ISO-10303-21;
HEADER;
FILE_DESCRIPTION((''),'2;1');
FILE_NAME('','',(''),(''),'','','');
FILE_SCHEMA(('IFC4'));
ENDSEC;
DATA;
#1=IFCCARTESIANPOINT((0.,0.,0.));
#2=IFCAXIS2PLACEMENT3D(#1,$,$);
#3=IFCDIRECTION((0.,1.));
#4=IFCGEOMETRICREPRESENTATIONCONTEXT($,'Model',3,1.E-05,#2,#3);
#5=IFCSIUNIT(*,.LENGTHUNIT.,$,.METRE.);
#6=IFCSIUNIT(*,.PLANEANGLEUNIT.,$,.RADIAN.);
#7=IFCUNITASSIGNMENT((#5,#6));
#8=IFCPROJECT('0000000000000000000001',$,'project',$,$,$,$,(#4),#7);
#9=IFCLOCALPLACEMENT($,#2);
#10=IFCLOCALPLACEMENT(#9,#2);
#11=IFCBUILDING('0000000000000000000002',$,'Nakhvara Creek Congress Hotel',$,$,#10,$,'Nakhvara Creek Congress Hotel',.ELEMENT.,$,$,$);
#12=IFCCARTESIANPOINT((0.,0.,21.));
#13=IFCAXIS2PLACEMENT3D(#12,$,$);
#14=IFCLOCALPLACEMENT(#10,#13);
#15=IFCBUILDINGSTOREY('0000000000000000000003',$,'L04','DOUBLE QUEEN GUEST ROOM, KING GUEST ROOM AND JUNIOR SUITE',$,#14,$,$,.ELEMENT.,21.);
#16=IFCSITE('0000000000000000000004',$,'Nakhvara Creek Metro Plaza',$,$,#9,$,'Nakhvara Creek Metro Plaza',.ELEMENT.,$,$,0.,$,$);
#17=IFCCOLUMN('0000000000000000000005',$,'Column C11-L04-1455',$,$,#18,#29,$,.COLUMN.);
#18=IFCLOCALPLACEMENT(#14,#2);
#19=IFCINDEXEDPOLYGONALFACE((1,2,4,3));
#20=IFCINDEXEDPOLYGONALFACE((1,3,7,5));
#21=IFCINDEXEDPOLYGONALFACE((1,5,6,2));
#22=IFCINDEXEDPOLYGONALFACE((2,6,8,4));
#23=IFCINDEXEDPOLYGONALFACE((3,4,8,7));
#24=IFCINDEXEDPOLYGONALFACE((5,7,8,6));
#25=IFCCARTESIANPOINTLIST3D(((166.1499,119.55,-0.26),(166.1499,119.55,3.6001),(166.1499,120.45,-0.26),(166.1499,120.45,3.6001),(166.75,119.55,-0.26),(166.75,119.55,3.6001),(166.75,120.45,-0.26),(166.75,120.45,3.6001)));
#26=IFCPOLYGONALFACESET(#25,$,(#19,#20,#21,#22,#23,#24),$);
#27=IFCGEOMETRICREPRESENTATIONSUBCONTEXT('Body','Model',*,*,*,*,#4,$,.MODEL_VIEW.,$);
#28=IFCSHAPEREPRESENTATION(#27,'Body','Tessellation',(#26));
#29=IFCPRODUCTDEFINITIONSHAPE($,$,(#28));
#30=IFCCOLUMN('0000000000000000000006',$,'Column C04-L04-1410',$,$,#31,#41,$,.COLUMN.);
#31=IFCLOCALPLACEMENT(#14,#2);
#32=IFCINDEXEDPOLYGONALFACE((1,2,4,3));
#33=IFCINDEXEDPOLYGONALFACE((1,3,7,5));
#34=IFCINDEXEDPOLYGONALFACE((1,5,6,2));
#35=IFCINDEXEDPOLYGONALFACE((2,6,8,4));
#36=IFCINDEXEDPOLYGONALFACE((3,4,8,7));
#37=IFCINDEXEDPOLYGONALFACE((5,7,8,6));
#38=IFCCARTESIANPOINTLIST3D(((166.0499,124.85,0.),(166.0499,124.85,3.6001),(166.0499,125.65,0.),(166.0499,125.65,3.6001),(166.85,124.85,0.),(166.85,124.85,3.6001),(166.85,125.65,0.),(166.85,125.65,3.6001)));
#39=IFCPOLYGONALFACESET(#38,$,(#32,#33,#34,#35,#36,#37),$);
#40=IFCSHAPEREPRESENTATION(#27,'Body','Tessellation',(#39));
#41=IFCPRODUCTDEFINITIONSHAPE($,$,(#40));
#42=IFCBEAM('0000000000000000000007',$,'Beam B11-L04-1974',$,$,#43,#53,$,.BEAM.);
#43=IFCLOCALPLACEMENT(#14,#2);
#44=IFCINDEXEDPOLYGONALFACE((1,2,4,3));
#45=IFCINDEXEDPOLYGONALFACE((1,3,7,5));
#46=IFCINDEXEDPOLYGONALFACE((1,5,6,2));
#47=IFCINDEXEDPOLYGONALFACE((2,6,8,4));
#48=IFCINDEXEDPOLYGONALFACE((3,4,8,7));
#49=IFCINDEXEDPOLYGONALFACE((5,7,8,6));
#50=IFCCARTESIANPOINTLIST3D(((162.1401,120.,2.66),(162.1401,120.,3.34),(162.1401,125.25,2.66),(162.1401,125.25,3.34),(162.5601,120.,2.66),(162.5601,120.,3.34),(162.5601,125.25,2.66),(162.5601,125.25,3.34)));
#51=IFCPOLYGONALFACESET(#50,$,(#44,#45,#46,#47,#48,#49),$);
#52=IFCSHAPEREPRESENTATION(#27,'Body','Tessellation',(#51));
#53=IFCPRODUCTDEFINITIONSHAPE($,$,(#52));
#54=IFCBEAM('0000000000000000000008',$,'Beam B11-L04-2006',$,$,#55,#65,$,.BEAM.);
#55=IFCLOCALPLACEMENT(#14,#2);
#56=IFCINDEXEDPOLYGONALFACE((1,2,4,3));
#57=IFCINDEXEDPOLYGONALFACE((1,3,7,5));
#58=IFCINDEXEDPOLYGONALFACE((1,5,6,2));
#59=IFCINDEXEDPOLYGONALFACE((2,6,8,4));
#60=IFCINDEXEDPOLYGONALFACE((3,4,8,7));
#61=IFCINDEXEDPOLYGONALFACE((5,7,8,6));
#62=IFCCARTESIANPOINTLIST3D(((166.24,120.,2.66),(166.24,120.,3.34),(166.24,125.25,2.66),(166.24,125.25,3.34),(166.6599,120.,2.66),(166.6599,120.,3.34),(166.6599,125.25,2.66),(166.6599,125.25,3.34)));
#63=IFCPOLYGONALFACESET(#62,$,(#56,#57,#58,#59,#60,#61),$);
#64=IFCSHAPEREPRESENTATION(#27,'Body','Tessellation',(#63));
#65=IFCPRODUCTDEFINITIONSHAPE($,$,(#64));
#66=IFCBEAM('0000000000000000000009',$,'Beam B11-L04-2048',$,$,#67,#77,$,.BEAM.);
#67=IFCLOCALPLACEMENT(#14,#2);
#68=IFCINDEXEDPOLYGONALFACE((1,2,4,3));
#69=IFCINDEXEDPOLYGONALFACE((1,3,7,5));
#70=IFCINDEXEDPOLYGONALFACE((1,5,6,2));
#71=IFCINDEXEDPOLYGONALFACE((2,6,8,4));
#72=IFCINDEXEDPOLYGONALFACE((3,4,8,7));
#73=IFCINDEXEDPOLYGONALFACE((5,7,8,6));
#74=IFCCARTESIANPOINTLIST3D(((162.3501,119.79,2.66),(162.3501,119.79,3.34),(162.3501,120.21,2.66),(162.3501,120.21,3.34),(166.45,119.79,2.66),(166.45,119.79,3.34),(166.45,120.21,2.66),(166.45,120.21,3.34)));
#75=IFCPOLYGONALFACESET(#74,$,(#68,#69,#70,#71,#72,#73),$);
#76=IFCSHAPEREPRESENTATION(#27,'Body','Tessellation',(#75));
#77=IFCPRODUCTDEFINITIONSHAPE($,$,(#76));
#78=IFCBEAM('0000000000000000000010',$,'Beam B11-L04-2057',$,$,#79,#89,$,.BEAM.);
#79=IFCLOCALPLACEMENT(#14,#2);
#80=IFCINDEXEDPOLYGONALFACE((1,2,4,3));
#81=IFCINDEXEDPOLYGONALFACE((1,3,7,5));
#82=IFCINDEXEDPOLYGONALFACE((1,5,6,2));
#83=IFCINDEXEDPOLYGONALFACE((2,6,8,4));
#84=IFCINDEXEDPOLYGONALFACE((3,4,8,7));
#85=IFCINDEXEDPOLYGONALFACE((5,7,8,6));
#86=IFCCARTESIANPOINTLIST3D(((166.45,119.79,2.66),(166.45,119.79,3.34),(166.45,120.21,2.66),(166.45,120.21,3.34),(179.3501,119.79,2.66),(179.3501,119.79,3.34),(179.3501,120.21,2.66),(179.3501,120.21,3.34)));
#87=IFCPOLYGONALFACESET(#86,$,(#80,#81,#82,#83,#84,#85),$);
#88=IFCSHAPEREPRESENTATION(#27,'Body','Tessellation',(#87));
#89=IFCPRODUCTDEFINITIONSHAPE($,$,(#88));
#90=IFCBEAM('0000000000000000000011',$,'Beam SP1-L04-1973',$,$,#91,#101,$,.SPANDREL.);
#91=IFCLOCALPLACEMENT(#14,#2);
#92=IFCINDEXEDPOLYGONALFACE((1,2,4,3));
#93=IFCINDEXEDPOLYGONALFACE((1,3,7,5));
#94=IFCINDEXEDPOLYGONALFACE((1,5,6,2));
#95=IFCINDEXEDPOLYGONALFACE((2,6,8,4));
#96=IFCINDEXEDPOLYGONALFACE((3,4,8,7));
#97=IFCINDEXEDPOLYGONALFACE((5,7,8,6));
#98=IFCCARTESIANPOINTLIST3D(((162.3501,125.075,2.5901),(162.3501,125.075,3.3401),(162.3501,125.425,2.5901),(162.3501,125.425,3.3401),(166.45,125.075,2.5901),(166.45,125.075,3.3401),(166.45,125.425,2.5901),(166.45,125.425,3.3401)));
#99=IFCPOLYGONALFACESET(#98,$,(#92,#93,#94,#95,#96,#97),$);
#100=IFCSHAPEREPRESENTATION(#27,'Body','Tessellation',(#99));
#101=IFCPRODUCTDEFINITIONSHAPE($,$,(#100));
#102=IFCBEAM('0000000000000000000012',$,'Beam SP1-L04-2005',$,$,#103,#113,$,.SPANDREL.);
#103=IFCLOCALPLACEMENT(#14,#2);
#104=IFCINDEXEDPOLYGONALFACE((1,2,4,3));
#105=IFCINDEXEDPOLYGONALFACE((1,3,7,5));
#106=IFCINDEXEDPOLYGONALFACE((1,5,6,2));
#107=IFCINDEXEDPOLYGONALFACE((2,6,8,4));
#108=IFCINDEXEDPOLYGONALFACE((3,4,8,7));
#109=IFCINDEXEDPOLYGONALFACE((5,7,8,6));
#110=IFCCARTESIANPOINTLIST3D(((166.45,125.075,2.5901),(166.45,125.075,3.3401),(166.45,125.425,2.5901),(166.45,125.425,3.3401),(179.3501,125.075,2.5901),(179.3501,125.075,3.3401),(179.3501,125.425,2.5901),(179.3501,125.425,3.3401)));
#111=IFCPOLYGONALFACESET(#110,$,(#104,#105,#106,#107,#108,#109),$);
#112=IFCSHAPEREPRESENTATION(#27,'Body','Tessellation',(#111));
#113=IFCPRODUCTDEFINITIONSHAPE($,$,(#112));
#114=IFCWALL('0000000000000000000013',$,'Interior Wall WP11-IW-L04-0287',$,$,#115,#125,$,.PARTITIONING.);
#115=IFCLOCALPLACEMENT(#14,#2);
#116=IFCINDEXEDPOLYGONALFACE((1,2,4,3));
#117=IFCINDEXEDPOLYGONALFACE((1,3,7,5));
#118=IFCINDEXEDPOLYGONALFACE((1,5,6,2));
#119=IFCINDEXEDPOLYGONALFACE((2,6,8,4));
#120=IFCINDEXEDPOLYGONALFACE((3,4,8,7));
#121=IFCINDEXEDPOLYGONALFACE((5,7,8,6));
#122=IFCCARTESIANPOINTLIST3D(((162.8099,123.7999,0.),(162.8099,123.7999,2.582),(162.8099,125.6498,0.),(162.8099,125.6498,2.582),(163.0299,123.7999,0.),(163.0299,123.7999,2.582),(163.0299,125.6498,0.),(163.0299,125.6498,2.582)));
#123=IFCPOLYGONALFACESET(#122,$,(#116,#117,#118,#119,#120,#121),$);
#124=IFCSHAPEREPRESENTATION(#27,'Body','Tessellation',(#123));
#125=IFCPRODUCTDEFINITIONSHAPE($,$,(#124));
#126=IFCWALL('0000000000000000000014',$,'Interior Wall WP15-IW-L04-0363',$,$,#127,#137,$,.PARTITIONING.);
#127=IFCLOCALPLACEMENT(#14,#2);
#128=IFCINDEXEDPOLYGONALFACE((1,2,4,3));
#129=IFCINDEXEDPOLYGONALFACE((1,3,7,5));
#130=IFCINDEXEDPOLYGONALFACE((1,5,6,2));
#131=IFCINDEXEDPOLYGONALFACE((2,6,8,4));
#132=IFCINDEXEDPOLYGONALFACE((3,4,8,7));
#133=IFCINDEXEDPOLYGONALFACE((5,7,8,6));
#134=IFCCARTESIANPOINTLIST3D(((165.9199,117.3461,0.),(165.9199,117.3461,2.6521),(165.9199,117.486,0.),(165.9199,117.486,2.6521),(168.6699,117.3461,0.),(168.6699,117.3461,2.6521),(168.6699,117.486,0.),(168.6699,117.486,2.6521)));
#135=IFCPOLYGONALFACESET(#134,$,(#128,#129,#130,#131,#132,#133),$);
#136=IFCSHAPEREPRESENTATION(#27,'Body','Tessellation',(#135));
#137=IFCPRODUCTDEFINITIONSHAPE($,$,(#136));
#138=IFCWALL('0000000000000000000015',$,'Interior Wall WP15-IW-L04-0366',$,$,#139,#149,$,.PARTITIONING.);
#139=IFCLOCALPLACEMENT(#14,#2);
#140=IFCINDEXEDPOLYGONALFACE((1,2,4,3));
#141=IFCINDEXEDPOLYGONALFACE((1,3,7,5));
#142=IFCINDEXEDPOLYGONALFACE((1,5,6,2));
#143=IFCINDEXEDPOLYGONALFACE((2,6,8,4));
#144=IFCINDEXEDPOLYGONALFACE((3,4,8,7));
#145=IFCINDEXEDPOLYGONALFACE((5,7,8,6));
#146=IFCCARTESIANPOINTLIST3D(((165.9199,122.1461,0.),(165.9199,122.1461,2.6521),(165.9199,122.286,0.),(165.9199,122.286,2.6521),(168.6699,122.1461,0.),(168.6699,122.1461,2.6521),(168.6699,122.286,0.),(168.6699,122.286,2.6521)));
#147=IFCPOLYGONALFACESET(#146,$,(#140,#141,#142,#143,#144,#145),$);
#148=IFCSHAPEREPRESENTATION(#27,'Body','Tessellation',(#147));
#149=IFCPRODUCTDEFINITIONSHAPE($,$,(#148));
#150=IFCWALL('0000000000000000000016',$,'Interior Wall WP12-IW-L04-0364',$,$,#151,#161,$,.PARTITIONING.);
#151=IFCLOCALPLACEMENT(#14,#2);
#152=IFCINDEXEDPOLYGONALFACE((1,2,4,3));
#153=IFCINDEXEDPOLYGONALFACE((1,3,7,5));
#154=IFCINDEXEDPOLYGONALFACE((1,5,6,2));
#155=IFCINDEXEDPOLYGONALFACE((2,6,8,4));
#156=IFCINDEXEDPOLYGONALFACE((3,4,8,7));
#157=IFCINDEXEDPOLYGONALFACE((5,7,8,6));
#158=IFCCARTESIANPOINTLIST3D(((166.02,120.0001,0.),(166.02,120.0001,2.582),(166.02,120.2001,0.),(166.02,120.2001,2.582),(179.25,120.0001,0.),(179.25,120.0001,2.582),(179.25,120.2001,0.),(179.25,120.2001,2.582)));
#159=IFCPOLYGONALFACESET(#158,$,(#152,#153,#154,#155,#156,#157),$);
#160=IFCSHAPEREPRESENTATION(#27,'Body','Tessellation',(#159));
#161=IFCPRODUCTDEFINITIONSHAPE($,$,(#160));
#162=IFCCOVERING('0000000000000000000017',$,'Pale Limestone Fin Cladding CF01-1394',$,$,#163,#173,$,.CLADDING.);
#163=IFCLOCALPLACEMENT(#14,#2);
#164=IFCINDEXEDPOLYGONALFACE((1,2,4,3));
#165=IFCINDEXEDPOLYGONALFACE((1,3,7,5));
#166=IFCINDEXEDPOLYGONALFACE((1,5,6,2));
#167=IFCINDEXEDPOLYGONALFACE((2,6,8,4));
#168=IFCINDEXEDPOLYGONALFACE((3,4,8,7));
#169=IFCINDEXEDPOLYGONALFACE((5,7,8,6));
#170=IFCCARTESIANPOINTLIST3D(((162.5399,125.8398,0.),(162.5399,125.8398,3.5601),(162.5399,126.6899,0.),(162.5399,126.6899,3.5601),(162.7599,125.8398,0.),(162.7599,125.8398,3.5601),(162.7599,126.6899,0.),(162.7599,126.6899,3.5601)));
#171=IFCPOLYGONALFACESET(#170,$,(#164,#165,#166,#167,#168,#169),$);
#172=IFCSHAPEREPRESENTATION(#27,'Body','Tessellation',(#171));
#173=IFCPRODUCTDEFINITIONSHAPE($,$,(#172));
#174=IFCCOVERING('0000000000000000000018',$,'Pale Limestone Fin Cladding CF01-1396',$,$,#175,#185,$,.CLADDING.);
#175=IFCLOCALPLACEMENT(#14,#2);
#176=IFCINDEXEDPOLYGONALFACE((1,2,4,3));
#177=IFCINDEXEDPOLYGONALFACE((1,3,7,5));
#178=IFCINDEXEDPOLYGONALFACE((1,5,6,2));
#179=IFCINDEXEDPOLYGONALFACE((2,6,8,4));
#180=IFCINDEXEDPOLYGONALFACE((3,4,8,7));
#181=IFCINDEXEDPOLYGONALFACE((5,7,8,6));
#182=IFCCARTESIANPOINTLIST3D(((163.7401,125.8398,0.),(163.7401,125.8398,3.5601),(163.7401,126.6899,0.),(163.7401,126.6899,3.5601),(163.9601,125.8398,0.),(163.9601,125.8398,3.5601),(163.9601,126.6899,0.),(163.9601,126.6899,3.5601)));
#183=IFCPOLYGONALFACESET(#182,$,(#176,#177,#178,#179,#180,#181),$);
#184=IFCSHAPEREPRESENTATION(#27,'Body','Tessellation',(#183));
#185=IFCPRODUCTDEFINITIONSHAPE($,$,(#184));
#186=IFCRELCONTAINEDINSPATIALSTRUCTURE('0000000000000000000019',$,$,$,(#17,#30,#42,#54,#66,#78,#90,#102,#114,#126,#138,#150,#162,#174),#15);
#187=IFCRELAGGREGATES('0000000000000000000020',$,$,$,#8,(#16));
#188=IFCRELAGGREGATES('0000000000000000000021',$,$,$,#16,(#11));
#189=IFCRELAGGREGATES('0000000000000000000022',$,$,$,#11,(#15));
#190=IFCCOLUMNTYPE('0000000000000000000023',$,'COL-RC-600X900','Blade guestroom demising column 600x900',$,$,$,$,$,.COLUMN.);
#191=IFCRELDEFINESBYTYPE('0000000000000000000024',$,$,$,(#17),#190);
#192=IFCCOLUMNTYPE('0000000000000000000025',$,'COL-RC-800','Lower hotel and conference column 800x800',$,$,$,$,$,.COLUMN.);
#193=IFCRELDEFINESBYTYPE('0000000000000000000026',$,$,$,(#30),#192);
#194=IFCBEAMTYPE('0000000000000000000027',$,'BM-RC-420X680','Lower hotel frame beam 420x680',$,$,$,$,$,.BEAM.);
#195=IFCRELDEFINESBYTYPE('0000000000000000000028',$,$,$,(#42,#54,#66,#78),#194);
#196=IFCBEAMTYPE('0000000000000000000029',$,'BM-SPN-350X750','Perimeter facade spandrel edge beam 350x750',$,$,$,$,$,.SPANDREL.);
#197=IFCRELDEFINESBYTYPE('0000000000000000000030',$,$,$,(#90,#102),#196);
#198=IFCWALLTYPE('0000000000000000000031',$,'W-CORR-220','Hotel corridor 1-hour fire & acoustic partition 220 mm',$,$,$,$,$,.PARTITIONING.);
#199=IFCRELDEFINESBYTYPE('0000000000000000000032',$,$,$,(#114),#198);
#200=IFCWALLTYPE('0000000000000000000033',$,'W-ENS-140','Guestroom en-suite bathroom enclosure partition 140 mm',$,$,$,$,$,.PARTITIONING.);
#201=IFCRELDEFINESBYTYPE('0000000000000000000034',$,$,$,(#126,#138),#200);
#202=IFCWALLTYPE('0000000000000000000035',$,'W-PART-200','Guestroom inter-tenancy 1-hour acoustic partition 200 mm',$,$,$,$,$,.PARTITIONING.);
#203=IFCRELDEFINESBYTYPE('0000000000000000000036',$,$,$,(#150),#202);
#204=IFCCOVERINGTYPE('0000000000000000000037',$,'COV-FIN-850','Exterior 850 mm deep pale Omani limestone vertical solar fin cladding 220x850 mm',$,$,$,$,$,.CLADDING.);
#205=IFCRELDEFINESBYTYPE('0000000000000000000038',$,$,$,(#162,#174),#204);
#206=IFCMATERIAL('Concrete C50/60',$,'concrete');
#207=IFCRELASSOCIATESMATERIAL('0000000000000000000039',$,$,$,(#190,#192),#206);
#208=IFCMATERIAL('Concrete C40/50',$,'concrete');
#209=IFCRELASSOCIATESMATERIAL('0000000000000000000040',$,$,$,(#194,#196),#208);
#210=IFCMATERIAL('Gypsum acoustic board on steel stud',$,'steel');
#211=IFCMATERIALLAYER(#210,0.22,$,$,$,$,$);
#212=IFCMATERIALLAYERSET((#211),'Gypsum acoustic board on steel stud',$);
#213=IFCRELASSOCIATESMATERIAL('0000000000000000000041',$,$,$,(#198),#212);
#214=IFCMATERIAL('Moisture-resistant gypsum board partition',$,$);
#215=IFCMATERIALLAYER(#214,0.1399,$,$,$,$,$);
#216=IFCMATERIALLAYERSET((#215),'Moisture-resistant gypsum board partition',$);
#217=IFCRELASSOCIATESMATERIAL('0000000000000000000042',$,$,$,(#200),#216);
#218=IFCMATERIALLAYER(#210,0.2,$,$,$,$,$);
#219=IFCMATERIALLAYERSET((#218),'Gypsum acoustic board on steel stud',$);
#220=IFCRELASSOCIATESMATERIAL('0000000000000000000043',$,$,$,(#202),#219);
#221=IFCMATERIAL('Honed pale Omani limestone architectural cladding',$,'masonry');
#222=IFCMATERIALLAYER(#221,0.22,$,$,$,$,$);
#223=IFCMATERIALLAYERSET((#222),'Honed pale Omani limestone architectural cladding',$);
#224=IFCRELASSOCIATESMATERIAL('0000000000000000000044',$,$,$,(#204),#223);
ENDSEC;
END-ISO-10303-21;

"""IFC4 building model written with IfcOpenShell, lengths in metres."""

from ifc_helpers import new_model, si_unit, direction, frame, frame_2d, origin, origin_2d, place, context, subcontext, project, spatial, rectangle, extrude, material, layer, layer_set, material_profile, profile_set, type_object, element, save


model = new_model("IFC4")

# Units and contexts
model_context = context("Model", 3, precision=1e-05, world=origin(), true_north=direction((0.0, 1.0)))
body_context = subcontext(model_context, "Body", "Model", "MODEL_VIEW")
ifc_project = project(units=[si_unit("LENGTHUNIT", "METRE"), si_unit("PLANEANGLEUNIT", "RADIAN")], contexts=[model_context])

# Site, building, storey
site_placement = place(None, origin())
site = spatial("IfcSite", under=ifc_project, at=site_placement, Name="Nakhvara Creek Metro Plaza", LongName="Nakhvara Creek Metro Plaza", CompositionType="ELEMENT", RefElevation=0.0)
building_placement = place(site_placement, origin())
building = spatial("IfcBuilding", under=site, at=building_placement, Name="Nakhvara Creek Congress Hotel", LongName="Nakhvara Creek Congress Hotel", CompositionType="ELEMENT")
storey_placement = place(building_placement, frame((0.0, 0.0, 21.0)))
storey = spatial("IfcBuildingStorey", under=building, at=storey_placement, Name="L04", Description="DOUBLE QUEEN GUEST ROOM, KING GUEST ROOM AND JUNIOR SUITE", CompositionType="ELEMENT", Elevation=21.0)

# Columns
ifc_material_1 = material(Name="Concrete C50/60", Category="concrete")
ifc_material_profile_1 = material_profile(ifc_material_1, rectangle(XDim=0.6001, YDim=0.8999, at=origin_2d()), Name="RC-COL 600x900", Category="LoadBearing")
ifc_profile_set_1 = profile_set([ifc_material_profile_1], Name="Concrete C50/60")
column_type_1 = type_object("IfcColumnType", Name="COL-RC-600X900", Description="Blade guestroom demising column 600x900", PredefinedType="COLUMN", material=ifc_profile_set_1)
column_1_placement = place(storey_placement, frame((166.45, 120.0, -0.26), z_axis=(0.0, 0.0, 1.0), x_axis=(1.0, 0.0, 0.0)))
element("IfcColumn", 1, at=column_1_placement, inside=storey, type_object=column_type_1, Name="Column C11-L04-1455", PredefinedType="COLUMN", context=body_context, shape_type="SweptSolid", body=[
    extrude(rectangle(XDim=0.6001, YDim=0.8999, at=origin_2d()), origin(), (0.0, 0.0, 1.0), 3.8601),
])
ifc_material_profile_2 = material_profile(ifc_material_1, rectangle(XDim=0.8, YDim=0.8, at=origin_2d()), Name="RC-COL 800x800", Category="LoadBearing")
ifc_profile_set_2 = profile_set([ifc_material_profile_2], Name="Concrete C50/60")
column_type_2 = type_object("IfcColumnType", Name="COL-RC-800", Description="Lower hotel and conference column 800x800", PredefinedType="COLUMN", material=ifc_profile_set_2)
column_2_placement = place(storey_placement, frame((166.45, 125.25, 0.0), z_axis=(0.0, 0.0, 1.0), x_axis=(1.0, 0.0, 0.0)))
element("IfcColumn", 2, at=column_2_placement, inside=storey, type_object=column_type_2, Name="Column C04-L04-1410", PredefinedType="COLUMN", context=body_context, shape_type="SweptSolid", body=[
    extrude(rectangle(XDim=0.8, YDim=0.8, at=origin_2d()), origin(), (0.0, 0.0, 1.0), 3.6001),
])

# Beams
ifc_material_2 = material(Name="Concrete C40/50", Category="concrete")
ifc_material_profile_3 = material_profile(ifc_material_2, rectangle(XDim=0.4199, YDim=0.6799, at=origin_2d()), Name="RC-BM 420x680", Category="LoadBearing")
ifc_profile_set_3 = profile_set([ifc_material_profile_3], Name="Concrete C40/50")
beam_type_1 = type_object("IfcBeamType", Name="BM-RC-420X680", Description="Lower hotel frame beam 420x680", PredefinedType="BEAM", material=ifc_profile_set_3)
for number, where, z_axis, x_axis, name in (
    (3, (162.3501, 120.0, 3.0), (0.0, 1.0, 0.0), (-1.0, 0.0, 0.0), "Beam B11-L04-1974"),
    (4, (166.45, 120.0, 3.0), (0.0, 1.0, 0.0), (-1.0, 0.0, 0.0), "Beam B11-L04-2006"),
):
    element("IfcBeam", number, at=place(storey_placement, frame(where, z_axis=z_axis, x_axis=x_axis)), inside=storey, type_object=beam_type_1, Name=name, PredefinedType="BEAM", context=body_context, shape_type="SweptSolid", body=[
        extrude(rectangle(XDim=0.4199, YDim=0.6799, at=origin_2d()), origin(), (0.0, 0.0, 1.0), 5.25),
    ])
beam_1_placement = place(storey_placement, frame((162.3501, 120.0, 3.0), z_axis=(1.0, 0.0, 0.0), x_axis=(0.0, 1.0, 0.0)))
element("IfcBeam", 5, at=beam_1_placement, inside=storey, type_object=beam_type_1, Name="Beam B11-L04-2048", PredefinedType="BEAM", context=body_context, shape_type="SweptSolid", body=[
    extrude(rectangle(XDim=0.4199, YDim=0.6799, at=origin_2d()), origin(), (0.0, 0.0, 1.0), 4.0999),
])
beam_2_placement = place(storey_placement, frame((166.45, 120.0, 3.0), z_axis=(1.0, 0.0, 0.0), x_axis=(0.0, 1.0, 0.0)))
element("IfcBeam", 6, at=beam_2_placement, inside=storey, type_object=beam_type_1, Name="Beam B11-L04-2057", PredefinedType="BEAM", context=body_context, shape_type="SweptSolid", body=[
    extrude(rectangle(XDim=0.4199, YDim=0.6799, at=origin_2d()), origin(), (0.0, 0.0, 1.0), 12.9001),
])
ifc_material_profile_4 = material_profile(ifc_material_2, rectangle(XDim=0.3501, YDim=0.75, at=origin_2d()), Name="RC-SPANDREL 350x750", Category="LoadBearing")
ifc_profile_set_4 = profile_set([ifc_material_profile_4], Name="Concrete C40/50")
beam_type_2 = type_object("IfcBeamType", Name="BM-SPN-350X750", Description="Perimeter facade spandrel edge beam 350x750", PredefinedType="SPANDREL", material=ifc_profile_set_4)
beam_3_placement = place(storey_placement, frame((162.3501, 125.25, 2.9651), z_axis=(1.0, 0.0, 0.0), x_axis=(0.0, 1.0, 0.0)))
element("IfcBeam", 7, at=beam_3_placement, inside=storey, type_object=beam_type_2, Name="Beam SP1-L04-1973", PredefinedType="SPANDREL", context=body_context, shape_type="SweptSolid", body=[
    extrude(rectangle(XDim=0.3501, YDim=0.75, at=origin_2d()), origin(), (0.0, 0.0, 1.0), 4.0999),
])
beam_4_placement = place(storey_placement, frame((166.45, 125.25, 2.9651), z_axis=(1.0, 0.0, 0.0), x_axis=(0.0, 1.0, 0.0)))
element("IfcBeam", 8, at=beam_4_placement, inside=storey, type_object=beam_type_2, Name="Beam SP1-L04-2005", PredefinedType="SPANDREL", context=body_context, shape_type="SweptSolid", body=[
    extrude(rectangle(XDim=0.3501, YDim=0.75, at=origin_2d()), origin(), (0.0, 0.0, 1.0), 12.9001),
])

# Walls
ifc_material_3 = material(Name="Gypsum acoustic board on steel stud", Category="steel")
ifc_layer_1 = layer(ifc_material_3, 0.22)
ifc_layer_set_1 = layer_set([ifc_layer_1], Name="Gypsum acoustic board on steel stud")
wall_type_1 = type_object("IfcWallType", Name="W-CORR-220", Description="Hotel corridor 1-hour fire & acoustic partition 220 mm", PredefinedType="PARTITIONING", material=ifc_layer_set_1)
wall_1_placement = place(storey_placement, frame((162.9199, 123.8, 0.0), z_axis=(0.0, 0.0, 1.0), x_axis=(0.0, 1.0, 0.0)))
element("IfcWall", 9, at=wall_1_placement, inside=storey, type_object=wall_type_1, Name="Interior Wall WP11-IW-L04-0287", PredefinedType="PARTITIONING", context=body_context, shape_type="SweptSolid", body=[
    extrude(rectangle(XDim=1.8499, YDim=0.22, at=frame_2d((0.9248, 0.0))), origin(), (0.0, 0.0, 1.0), 2.582),
])
ifc_material_4 = material(Name="Moisture-resistant gypsum board partition")
ifc_layer_2 = layer(ifc_material_4, 0.1399)
ifc_layer_set_2 = layer_set([ifc_layer_2], Name="Moisture-resistant gypsum board partition")
wall_type_2 = type_object("IfcWallType", Name="W-ENS-140", Description="Guestroom en-suite bathroom enclosure partition 140 mm", PredefinedType="PARTITIONING", material=ifc_layer_set_2)
for number, where, z_axis, x_axis, name in (
    (10, (165.9199, 117.416, 0.0), (0.0, 0.0, 1.0), (1.0, 0.0, 0.0), "Interior Wall WP15-IW-L04-0363"),
    (11, (165.9199, 122.2161, 0.0), (0.0, 0.0, 1.0), (1.0, 0.0, 0.0), "Interior Wall WP15-IW-L04-0366"),
):
    element("IfcWall", number, at=place(storey_placement, frame(where, z_axis=z_axis, x_axis=x_axis)), inside=storey, type_object=wall_type_2, Name=name, PredefinedType="PARTITIONING", context=body_context, shape_type="SweptSolid", body=[
        extrude(rectangle(XDim=2.75, YDim=0.1399, at=frame_2d((1.375, 0.0))), origin(), (0.0, 0.0, 1.0), 2.6521),
    ])
ifc_layer_3 = layer(ifc_material_3, 0.2)
ifc_layer_set_3 = layer_set([ifc_layer_3], Name="Gypsum acoustic board on steel stud")
wall_type_3 = type_object("IfcWallType", Name="W-PART-200", Description="Guestroom inter-tenancy 1-hour acoustic partition 200 mm", PredefinedType="PARTITIONING", material=ifc_layer_set_3)
wall_2_placement = place(storey_placement, frame((166.02, 120.1001, 0.0), z_axis=(0.0, 0.0, 1.0), x_axis=(1.0, 0.0, 0.0)))
element("IfcWall", 12, at=wall_2_placement, inside=storey, type_object=wall_type_3, Name="Interior Wall WP12-IW-L04-0364", PredefinedType="PARTITIONING", context=body_context, shape_type="SweptSolid", body=[
    extrude(rectangle(XDim=13.23, YDim=0.2, at=frame_2d((6.615, 0.0))), origin(), (0.0, 0.0, 1.0), 2.582),
])

# Coverings
ifc_material_5 = material(Name="Honed pale Omani limestone architectural cladding", Category="masonry")
ifc_layer_4 = layer(ifc_material_5, 0.22)
ifc_layer_set_4 = layer_set([ifc_layer_4], Name="Honed pale Omani limestone architectural cladding")
covering_type_1 = type_object("IfcCoveringType", Name="COV-FIN-850", Description="Exterior 850 mm deep pale Omani limestone vertical solar fin cladding 220x850 mm", PredefinedType="CLADDING", material=ifc_layer_set_4)
for number, where, z_axis, x_axis, name in (
    (13, (162.6499, 126.2649, 0.0), (0.0, 0.0, 1.0), (1.0, 0.0, 0.0), "Pale Limestone Fin Cladding CF01-1394"),
    (14, (163.8501, 126.2649, 0.0), (0.0, 0.0, 1.0), (1.0, 0.0, 0.0), "Pale Limestone Fin Cladding CF01-1396"),
):
    element("IfcCovering", number, at=place(storey_placement, frame(where, z_axis=z_axis, x_axis=x_axis)), inside=storey, type_object=covering_type_1, Name=name, PredefinedType="CLADDING", context=body_context, shape_type="SweptSolid", body=[
        extrude(rectangle(XDim=0.22, YDim=0.8501, at=origin_2d()), origin(), (0.0, 0.0, 1.0), 3.5601),
    ])

save(model, "model.ifc")
